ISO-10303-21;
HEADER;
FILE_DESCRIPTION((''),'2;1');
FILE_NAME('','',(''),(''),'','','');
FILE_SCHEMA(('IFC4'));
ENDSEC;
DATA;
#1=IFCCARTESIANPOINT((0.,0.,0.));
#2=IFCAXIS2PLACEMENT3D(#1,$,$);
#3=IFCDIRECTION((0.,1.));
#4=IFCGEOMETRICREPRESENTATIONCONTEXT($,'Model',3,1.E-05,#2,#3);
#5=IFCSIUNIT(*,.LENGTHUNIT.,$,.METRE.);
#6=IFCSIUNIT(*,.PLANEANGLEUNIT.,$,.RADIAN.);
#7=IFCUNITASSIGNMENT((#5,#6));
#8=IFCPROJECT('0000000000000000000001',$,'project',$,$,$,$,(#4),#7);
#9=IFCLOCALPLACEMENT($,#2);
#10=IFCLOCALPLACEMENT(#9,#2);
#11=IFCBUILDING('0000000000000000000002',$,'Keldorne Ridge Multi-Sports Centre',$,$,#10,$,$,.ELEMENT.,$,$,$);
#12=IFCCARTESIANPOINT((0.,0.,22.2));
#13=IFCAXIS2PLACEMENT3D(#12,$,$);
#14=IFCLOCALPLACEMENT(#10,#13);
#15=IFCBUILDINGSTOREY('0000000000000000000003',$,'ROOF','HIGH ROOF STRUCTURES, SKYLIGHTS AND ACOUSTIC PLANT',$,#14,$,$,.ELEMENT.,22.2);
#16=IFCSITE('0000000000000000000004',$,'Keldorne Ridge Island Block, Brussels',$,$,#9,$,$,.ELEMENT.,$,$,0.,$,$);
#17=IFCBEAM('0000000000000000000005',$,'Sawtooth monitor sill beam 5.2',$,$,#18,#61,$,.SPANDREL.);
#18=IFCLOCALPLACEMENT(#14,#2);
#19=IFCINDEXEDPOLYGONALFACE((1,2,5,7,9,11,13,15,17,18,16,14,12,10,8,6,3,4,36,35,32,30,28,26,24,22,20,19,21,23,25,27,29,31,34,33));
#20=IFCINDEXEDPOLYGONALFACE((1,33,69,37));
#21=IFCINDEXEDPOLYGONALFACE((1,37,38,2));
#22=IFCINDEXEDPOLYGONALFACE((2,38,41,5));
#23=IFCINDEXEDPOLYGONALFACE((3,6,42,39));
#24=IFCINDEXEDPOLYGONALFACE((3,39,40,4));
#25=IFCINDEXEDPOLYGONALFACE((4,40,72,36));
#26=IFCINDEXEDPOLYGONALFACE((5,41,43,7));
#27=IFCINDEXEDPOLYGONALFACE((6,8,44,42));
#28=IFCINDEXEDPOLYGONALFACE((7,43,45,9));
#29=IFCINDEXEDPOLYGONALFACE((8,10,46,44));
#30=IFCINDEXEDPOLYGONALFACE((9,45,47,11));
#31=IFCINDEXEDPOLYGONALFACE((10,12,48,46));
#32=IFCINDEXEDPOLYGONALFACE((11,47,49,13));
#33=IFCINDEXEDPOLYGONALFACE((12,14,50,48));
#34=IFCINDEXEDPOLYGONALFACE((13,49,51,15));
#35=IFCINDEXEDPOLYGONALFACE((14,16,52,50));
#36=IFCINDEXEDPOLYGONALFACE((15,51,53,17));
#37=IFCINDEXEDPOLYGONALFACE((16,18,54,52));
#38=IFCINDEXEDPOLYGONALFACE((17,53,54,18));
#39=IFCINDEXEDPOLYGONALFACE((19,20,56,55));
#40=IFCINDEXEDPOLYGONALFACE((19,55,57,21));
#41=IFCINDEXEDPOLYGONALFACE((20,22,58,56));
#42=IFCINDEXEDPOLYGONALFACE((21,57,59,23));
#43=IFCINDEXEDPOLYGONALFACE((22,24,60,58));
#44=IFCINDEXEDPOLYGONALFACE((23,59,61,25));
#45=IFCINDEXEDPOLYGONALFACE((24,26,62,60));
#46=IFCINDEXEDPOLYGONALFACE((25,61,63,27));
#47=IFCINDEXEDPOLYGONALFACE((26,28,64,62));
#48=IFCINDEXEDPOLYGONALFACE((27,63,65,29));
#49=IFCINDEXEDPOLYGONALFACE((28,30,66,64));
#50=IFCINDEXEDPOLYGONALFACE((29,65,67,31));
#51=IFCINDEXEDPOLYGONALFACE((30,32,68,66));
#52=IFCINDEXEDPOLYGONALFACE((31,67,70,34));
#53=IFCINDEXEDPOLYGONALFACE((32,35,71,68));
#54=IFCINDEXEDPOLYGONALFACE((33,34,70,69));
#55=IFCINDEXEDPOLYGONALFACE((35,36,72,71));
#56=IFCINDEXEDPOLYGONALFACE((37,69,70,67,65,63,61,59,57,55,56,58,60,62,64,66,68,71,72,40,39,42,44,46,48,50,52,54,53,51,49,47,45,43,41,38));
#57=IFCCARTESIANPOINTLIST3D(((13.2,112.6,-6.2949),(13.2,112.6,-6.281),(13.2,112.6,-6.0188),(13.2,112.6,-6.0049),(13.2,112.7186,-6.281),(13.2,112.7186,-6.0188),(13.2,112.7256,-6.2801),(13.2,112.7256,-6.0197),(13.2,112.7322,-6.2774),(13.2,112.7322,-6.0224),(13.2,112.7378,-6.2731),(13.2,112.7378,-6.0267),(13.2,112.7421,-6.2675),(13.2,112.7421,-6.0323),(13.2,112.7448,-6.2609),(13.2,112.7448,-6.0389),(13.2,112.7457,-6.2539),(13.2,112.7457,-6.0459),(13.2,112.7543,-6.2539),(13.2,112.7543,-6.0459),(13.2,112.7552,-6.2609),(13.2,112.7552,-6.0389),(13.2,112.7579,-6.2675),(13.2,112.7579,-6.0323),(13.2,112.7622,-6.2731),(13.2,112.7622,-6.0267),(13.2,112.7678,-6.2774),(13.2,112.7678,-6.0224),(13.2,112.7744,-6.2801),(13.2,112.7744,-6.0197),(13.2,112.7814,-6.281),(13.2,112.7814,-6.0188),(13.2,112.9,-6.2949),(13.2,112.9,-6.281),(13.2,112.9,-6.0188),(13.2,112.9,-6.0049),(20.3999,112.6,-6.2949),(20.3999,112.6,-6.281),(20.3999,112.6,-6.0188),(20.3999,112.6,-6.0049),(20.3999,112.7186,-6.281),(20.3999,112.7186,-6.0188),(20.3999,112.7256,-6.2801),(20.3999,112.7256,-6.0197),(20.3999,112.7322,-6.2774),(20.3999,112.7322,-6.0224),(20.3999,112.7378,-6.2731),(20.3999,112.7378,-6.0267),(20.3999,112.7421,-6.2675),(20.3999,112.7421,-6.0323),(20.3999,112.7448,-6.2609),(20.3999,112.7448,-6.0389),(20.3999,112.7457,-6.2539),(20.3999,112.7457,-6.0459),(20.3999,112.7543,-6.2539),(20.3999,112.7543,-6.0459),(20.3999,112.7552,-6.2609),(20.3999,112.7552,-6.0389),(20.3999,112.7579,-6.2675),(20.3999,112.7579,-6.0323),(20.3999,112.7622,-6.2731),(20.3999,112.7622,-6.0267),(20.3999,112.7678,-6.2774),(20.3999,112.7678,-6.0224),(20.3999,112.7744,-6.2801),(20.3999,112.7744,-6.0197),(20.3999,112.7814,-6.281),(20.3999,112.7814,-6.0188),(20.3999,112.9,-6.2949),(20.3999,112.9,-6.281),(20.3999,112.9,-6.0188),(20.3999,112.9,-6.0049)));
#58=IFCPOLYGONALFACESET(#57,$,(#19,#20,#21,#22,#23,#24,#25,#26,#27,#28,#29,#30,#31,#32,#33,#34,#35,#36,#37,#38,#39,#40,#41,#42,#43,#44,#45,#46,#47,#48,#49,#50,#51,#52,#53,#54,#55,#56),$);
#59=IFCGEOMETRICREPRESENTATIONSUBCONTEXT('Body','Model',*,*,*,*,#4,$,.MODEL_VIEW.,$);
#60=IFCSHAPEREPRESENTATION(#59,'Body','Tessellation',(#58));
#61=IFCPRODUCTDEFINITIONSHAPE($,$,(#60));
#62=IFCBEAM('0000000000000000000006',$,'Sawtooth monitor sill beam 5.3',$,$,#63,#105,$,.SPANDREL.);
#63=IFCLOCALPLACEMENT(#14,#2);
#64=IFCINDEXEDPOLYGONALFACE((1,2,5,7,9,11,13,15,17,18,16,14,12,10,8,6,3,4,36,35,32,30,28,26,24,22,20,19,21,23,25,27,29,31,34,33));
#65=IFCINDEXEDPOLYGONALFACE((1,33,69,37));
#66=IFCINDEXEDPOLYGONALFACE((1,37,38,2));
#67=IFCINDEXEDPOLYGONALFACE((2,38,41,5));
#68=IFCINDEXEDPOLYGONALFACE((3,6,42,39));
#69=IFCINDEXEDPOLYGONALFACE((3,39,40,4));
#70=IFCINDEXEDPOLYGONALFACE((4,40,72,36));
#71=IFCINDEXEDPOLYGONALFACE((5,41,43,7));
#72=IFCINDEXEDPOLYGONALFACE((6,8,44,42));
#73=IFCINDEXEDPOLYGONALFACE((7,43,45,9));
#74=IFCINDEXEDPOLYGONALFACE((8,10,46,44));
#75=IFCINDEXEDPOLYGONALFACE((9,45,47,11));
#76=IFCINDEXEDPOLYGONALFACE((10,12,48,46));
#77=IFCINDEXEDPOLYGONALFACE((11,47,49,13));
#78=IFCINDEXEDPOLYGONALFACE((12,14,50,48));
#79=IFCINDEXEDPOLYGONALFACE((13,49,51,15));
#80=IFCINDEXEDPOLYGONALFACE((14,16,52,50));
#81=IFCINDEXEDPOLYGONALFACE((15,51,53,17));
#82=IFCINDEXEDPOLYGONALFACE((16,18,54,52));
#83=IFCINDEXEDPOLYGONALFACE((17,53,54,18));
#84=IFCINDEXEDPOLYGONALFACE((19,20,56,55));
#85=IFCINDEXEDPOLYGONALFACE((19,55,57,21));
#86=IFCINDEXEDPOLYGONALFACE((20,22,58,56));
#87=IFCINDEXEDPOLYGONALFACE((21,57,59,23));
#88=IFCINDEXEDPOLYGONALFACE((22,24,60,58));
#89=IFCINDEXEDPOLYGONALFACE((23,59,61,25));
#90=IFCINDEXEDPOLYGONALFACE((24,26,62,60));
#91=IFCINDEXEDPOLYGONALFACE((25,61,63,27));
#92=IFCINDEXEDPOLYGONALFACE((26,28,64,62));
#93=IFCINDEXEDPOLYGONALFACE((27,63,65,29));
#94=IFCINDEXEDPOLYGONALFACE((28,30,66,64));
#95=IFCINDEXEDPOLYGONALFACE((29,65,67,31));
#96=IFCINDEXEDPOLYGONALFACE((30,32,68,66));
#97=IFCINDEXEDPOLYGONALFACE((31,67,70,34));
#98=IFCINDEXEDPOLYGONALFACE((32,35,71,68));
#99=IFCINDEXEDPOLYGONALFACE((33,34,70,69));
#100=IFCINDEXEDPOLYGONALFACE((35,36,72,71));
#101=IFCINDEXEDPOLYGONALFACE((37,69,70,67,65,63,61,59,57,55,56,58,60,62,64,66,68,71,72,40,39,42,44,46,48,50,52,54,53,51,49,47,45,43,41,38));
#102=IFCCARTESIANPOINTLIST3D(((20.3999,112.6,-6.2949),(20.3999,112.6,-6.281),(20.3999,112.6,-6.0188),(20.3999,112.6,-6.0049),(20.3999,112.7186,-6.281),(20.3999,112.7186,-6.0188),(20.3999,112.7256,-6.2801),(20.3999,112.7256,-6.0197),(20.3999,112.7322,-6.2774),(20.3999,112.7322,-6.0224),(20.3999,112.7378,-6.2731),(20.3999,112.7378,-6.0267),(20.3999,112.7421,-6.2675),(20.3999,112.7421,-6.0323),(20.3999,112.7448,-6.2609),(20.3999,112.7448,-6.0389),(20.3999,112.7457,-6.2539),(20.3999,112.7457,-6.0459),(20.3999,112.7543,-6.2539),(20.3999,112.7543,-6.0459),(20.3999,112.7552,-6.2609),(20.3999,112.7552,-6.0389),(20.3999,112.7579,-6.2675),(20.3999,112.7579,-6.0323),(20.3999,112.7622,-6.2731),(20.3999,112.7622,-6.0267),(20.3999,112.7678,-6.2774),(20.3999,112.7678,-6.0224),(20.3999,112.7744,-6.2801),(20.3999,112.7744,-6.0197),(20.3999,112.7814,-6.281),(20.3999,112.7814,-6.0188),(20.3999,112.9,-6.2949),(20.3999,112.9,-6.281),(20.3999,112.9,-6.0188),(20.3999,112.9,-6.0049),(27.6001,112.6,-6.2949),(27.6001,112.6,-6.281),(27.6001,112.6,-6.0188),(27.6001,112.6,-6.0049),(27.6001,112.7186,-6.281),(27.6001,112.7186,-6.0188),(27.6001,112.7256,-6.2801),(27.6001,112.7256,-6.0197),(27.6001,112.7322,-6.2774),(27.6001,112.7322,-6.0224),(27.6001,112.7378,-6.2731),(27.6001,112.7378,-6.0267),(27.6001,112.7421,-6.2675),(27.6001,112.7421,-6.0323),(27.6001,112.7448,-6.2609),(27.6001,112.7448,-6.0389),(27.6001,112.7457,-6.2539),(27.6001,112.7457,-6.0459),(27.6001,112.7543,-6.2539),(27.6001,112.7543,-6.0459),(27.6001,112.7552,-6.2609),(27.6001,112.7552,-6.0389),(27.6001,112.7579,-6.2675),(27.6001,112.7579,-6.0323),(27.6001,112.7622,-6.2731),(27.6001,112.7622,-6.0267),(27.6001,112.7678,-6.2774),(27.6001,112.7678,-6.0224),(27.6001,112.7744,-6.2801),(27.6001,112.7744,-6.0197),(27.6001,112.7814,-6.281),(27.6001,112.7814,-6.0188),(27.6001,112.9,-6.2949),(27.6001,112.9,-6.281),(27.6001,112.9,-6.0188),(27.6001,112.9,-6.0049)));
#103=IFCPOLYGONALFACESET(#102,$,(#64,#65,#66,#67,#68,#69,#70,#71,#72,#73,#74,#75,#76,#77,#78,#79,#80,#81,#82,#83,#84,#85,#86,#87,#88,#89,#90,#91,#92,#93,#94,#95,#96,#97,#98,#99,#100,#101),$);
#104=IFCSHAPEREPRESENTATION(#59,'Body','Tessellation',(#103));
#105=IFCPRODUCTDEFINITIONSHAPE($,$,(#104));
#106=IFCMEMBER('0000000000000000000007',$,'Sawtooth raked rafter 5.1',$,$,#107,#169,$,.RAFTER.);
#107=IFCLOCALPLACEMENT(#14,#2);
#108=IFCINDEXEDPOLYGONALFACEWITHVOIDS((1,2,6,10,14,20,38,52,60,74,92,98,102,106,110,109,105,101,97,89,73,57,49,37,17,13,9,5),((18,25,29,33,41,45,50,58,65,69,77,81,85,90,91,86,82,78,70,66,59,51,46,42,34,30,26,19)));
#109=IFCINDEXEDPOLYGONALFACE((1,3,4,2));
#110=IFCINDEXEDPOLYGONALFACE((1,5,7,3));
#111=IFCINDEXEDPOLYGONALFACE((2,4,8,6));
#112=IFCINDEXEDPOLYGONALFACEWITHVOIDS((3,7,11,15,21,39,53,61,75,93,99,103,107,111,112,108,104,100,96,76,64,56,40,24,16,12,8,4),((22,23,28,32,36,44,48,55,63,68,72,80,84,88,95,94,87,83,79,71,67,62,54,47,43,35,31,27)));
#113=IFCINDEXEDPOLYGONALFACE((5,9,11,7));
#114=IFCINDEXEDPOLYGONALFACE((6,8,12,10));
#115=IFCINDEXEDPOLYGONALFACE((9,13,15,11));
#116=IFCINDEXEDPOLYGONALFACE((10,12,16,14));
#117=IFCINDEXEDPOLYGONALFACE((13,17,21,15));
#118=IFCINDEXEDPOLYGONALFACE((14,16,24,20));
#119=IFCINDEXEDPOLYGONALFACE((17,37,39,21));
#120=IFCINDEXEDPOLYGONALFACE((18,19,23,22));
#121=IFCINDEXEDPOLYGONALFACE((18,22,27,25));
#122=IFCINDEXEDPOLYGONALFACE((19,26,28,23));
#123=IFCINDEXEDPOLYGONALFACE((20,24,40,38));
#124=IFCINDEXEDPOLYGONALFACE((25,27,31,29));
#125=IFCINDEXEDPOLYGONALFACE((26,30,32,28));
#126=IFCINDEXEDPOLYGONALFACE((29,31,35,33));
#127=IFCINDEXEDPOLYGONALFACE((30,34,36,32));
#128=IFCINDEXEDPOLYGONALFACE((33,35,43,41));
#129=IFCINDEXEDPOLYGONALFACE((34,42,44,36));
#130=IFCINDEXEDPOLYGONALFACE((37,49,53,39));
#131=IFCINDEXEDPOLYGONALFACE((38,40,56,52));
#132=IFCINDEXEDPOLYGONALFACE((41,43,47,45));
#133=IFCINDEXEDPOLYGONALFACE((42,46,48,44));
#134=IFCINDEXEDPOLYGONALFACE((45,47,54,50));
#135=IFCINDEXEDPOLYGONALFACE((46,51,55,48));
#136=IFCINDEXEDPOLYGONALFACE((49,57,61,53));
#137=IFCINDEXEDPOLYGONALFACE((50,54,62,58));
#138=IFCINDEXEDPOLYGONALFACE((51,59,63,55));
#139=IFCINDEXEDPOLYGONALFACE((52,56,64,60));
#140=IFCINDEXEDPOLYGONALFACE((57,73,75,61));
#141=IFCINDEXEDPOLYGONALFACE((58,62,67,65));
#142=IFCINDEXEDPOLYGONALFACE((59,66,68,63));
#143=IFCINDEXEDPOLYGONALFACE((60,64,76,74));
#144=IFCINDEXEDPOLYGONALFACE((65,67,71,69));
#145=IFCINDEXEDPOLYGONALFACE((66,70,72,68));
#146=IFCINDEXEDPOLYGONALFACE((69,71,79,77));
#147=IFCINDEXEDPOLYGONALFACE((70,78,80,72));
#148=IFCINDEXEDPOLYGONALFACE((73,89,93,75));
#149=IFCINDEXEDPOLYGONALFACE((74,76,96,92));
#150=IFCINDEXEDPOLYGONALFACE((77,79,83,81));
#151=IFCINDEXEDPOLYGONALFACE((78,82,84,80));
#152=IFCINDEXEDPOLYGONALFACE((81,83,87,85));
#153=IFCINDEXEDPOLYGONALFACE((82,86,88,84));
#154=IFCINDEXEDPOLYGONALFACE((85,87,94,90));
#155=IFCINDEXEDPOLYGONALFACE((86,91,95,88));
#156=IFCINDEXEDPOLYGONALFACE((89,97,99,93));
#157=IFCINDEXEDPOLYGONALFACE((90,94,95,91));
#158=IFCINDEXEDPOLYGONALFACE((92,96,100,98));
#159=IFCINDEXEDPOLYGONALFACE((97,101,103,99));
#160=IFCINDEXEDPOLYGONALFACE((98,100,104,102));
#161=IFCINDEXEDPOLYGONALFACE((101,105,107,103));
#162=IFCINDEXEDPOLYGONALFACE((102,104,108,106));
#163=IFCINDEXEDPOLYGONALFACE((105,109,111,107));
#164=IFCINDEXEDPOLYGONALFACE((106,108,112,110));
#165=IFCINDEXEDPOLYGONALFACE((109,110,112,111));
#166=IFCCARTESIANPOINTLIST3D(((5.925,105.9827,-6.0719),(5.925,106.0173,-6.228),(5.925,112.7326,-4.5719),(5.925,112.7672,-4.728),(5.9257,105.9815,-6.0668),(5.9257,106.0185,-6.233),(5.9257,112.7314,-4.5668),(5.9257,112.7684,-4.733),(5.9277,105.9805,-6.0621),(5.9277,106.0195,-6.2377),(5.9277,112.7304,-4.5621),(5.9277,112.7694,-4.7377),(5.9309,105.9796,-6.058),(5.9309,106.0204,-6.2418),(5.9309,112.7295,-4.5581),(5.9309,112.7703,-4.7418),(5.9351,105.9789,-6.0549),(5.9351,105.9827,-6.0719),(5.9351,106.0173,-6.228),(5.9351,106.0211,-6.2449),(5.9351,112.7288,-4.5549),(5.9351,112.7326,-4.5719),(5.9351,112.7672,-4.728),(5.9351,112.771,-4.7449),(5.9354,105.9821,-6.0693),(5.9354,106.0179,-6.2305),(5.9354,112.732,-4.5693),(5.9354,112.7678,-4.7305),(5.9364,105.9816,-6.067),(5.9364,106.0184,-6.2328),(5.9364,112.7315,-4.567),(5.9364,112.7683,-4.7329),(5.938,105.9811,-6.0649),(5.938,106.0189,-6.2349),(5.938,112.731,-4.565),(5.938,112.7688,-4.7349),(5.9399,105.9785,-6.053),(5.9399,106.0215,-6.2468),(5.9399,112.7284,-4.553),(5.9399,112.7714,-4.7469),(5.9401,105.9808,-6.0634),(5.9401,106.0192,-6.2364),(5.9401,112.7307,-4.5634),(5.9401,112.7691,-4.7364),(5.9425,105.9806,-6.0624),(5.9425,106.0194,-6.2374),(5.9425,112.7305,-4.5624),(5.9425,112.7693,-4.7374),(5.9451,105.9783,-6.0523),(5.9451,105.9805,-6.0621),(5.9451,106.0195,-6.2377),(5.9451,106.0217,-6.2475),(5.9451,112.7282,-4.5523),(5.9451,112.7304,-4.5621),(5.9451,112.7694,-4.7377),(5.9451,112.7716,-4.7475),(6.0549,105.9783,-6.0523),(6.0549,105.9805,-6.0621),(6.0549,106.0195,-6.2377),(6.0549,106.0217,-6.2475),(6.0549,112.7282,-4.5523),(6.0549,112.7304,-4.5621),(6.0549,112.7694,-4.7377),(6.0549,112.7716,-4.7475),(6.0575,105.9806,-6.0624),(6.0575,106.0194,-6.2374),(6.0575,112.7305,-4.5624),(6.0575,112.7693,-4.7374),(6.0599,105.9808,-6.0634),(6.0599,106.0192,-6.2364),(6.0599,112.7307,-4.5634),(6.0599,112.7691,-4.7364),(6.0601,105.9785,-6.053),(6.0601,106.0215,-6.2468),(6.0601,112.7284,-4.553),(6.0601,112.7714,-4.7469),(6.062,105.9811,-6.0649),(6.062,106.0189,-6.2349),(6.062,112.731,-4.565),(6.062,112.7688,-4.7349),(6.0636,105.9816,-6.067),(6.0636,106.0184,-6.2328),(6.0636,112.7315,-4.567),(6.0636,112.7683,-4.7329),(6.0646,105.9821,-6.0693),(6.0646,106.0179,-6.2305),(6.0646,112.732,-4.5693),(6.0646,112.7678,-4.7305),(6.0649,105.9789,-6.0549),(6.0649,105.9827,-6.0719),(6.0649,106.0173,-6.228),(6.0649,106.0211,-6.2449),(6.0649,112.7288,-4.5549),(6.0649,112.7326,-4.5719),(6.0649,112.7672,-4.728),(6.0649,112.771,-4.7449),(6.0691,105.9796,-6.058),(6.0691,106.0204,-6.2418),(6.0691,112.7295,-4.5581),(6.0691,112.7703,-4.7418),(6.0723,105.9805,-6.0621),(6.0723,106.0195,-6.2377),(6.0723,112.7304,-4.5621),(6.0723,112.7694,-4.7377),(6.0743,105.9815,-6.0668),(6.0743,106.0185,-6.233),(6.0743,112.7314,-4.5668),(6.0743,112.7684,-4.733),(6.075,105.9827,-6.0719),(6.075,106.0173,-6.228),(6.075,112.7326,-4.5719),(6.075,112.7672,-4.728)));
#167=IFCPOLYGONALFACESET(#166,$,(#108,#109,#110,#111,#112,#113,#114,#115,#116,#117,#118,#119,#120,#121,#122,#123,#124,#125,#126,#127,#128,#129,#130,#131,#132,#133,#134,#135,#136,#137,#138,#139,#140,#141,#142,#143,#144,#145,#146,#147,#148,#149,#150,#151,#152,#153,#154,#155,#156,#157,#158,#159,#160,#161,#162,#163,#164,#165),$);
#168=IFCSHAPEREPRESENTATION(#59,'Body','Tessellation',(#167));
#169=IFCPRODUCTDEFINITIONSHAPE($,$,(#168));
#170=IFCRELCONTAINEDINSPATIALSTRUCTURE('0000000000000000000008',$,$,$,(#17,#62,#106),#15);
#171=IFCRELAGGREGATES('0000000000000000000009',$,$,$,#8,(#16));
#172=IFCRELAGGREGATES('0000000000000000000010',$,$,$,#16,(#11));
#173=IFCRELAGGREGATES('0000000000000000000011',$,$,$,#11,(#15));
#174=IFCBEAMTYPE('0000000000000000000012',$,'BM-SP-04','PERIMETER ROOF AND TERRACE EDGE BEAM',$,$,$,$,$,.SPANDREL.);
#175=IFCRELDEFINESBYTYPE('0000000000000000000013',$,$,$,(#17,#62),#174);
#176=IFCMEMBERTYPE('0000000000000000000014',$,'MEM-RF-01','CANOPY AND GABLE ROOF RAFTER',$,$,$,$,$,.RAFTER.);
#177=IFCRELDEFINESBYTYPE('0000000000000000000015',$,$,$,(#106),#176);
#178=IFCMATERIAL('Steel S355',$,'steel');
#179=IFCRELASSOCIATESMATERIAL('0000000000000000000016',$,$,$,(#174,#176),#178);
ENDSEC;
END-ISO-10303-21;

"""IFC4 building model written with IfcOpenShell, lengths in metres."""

from ifc_helpers import new_model, si_unit, direction, frame, origin, origin_2d, place, context, subcontext, project, spatial, hollow_rectangle, i_section, extrude, material, material_profile, profile_set, type_object, element, save


model = new_model("IFC4")

# Units and contexts
model_context = context("Model", 3, precision=1e-05, world=origin(), true_north=direction((0.0, 1.0)))
body_context = subcontext(model_context, "Body", "Model", "MODEL_VIEW")
ifc_project = project(units=[si_unit("LENGTHUNIT", "METRE"), si_unit("PLANEANGLEUNIT", "RADIAN")], contexts=[model_context])

# Site, building, storey
site_placement = place(None, origin())
site = spatial("IfcSite", under=ifc_project, at=site_placement, Name="Keldorne Ridge Island Block, Brussels", CompositionType="ELEMENT", RefElevation=0.0)
building_placement = place(site_placement, origin())
building = spatial("IfcBuilding", under=site, at=building_placement, Name="Keldorne Ridge Multi-Sports Centre", CompositionType="ELEMENT")
storey_placement = place(building_placement, frame((0.0, 0.0, 22.2)))
storey = spatial("IfcBuildingStorey", under=building, at=storey_placement, Name="ROOF", Description="HIGH ROOF STRUCTURES, SKYLIGHTS AND ACOUSTIC PLANT", CompositionType="ELEMENT", Elevation=22.2)

# Beams
ifc_material_1 = material(Name="Steel S355", Category="steel")
ifc_material_profile_1 = material_profile(ifc_material_1, i_section(OverallWidth=0.3, OverallDepth=0.29, WebThickness=0.0085, FlangeThickness=0.0139, FilletRadius=0.0271, at=origin_2d()), Name="HEA 300")
ifc_profile_set_1 = profile_set([ifc_material_profile_1], Name="Steel S355")
beam_type_1 = type_object("IfcBeamType", Name="BM-SP-04", Description="PERIMETER ROOF AND TERRACE EDGE BEAM", PredefinedType="SPANDREL", material=ifc_profile_set_1)
for number, where, z_axis, x_axis, name in (
    (1, (13.2, 112.75, -6.1499), (1.0, 0.0, 0.0), (0.0, 1.0, 0.0), "Sawtooth monitor sill beam 5.2"),
):
    element("IfcBeam", number, at=place(storey_placement, frame(where, z_axis=z_axis, x_axis=x_axis)), inside=storey, type_object=beam_type_1, Name=name, PredefinedType="SPANDREL", context=body_context, shape_type="SweptSolid", body=[
        extrude(i_section(OverallWidth=0.3, OverallDepth=0.29, WebThickness=0.0085, FlangeThickness=0.0139, FilletRadius=0.0271, at=origin_2d()), origin(), (0.0, 0.0, 1.0), 7.2),
    ])
beam_1_placement = place(storey_placement, frame((20.3999, 112.75, -6.1499), z_axis=(1.0, 0.0, 0.0), x_axis=(0.0, 1.0, 0.0)))
element("IfcBeam", 2, at=beam_1_placement, inside=storey, type_object=beam_type_1, Name="Sawtooth monitor sill beam 5.3", PredefinedType="SPANDREL", context=body_context, shape_type="SweptSolid", body=[
    extrude(i_section(OverallWidth=0.3, OverallDepth=0.29, WebThickness=0.0085, FlangeThickness=0.0139, FilletRadius=0.0271, at=origin_2d()), origin(), (0.0, 0.0, 1.0), 7.2002),
])

# Member
ifc_material_profile_2 = material_profile(ifc_material_1, hollow_rectangle(XDim=0.1499, YDim=0.2, WallThickness=0.01, InnerFilletRadius=0.01, OuterFilletRadius=0.02, at=origin_2d()), Name="RHS 200x150x10")
ifc_profile_set_2 = profile_set([ifc_material_profile_2], Name="Steel S355")
member_type_1 = type_object("IfcMemberType", Name="MEM-RF-01", Description="CANOPY AND GABLE ROOF RAFTER", PredefinedType="RAFTER", material=ifc_profile_set_2)
member_1_placement = place(storey_placement, frame((6.0, 106.0, -6.1499), z_axis=(0.0, 0.976187, 0.21693), x_axis=(-1.0, 0.0, 0.0)))
element("IfcMember", 3, at=member_1_placement, inside=storey, type_object=member_type_1, Name="Sawtooth raked rafter 5.1", PredefinedType="RAFTER", context=body_context, shape_type="SweptSolid", body=[
    extrude(hollow_rectangle(XDim=0.1499, YDim=0.2, WallThickness=0.01, InnerFilletRadius=0.01, OuterFilletRadius=0.02, at=origin_2d()), origin(), (0.0, 0.0, 1.0), 6.9146),
])

save(model, "model.ifc")
